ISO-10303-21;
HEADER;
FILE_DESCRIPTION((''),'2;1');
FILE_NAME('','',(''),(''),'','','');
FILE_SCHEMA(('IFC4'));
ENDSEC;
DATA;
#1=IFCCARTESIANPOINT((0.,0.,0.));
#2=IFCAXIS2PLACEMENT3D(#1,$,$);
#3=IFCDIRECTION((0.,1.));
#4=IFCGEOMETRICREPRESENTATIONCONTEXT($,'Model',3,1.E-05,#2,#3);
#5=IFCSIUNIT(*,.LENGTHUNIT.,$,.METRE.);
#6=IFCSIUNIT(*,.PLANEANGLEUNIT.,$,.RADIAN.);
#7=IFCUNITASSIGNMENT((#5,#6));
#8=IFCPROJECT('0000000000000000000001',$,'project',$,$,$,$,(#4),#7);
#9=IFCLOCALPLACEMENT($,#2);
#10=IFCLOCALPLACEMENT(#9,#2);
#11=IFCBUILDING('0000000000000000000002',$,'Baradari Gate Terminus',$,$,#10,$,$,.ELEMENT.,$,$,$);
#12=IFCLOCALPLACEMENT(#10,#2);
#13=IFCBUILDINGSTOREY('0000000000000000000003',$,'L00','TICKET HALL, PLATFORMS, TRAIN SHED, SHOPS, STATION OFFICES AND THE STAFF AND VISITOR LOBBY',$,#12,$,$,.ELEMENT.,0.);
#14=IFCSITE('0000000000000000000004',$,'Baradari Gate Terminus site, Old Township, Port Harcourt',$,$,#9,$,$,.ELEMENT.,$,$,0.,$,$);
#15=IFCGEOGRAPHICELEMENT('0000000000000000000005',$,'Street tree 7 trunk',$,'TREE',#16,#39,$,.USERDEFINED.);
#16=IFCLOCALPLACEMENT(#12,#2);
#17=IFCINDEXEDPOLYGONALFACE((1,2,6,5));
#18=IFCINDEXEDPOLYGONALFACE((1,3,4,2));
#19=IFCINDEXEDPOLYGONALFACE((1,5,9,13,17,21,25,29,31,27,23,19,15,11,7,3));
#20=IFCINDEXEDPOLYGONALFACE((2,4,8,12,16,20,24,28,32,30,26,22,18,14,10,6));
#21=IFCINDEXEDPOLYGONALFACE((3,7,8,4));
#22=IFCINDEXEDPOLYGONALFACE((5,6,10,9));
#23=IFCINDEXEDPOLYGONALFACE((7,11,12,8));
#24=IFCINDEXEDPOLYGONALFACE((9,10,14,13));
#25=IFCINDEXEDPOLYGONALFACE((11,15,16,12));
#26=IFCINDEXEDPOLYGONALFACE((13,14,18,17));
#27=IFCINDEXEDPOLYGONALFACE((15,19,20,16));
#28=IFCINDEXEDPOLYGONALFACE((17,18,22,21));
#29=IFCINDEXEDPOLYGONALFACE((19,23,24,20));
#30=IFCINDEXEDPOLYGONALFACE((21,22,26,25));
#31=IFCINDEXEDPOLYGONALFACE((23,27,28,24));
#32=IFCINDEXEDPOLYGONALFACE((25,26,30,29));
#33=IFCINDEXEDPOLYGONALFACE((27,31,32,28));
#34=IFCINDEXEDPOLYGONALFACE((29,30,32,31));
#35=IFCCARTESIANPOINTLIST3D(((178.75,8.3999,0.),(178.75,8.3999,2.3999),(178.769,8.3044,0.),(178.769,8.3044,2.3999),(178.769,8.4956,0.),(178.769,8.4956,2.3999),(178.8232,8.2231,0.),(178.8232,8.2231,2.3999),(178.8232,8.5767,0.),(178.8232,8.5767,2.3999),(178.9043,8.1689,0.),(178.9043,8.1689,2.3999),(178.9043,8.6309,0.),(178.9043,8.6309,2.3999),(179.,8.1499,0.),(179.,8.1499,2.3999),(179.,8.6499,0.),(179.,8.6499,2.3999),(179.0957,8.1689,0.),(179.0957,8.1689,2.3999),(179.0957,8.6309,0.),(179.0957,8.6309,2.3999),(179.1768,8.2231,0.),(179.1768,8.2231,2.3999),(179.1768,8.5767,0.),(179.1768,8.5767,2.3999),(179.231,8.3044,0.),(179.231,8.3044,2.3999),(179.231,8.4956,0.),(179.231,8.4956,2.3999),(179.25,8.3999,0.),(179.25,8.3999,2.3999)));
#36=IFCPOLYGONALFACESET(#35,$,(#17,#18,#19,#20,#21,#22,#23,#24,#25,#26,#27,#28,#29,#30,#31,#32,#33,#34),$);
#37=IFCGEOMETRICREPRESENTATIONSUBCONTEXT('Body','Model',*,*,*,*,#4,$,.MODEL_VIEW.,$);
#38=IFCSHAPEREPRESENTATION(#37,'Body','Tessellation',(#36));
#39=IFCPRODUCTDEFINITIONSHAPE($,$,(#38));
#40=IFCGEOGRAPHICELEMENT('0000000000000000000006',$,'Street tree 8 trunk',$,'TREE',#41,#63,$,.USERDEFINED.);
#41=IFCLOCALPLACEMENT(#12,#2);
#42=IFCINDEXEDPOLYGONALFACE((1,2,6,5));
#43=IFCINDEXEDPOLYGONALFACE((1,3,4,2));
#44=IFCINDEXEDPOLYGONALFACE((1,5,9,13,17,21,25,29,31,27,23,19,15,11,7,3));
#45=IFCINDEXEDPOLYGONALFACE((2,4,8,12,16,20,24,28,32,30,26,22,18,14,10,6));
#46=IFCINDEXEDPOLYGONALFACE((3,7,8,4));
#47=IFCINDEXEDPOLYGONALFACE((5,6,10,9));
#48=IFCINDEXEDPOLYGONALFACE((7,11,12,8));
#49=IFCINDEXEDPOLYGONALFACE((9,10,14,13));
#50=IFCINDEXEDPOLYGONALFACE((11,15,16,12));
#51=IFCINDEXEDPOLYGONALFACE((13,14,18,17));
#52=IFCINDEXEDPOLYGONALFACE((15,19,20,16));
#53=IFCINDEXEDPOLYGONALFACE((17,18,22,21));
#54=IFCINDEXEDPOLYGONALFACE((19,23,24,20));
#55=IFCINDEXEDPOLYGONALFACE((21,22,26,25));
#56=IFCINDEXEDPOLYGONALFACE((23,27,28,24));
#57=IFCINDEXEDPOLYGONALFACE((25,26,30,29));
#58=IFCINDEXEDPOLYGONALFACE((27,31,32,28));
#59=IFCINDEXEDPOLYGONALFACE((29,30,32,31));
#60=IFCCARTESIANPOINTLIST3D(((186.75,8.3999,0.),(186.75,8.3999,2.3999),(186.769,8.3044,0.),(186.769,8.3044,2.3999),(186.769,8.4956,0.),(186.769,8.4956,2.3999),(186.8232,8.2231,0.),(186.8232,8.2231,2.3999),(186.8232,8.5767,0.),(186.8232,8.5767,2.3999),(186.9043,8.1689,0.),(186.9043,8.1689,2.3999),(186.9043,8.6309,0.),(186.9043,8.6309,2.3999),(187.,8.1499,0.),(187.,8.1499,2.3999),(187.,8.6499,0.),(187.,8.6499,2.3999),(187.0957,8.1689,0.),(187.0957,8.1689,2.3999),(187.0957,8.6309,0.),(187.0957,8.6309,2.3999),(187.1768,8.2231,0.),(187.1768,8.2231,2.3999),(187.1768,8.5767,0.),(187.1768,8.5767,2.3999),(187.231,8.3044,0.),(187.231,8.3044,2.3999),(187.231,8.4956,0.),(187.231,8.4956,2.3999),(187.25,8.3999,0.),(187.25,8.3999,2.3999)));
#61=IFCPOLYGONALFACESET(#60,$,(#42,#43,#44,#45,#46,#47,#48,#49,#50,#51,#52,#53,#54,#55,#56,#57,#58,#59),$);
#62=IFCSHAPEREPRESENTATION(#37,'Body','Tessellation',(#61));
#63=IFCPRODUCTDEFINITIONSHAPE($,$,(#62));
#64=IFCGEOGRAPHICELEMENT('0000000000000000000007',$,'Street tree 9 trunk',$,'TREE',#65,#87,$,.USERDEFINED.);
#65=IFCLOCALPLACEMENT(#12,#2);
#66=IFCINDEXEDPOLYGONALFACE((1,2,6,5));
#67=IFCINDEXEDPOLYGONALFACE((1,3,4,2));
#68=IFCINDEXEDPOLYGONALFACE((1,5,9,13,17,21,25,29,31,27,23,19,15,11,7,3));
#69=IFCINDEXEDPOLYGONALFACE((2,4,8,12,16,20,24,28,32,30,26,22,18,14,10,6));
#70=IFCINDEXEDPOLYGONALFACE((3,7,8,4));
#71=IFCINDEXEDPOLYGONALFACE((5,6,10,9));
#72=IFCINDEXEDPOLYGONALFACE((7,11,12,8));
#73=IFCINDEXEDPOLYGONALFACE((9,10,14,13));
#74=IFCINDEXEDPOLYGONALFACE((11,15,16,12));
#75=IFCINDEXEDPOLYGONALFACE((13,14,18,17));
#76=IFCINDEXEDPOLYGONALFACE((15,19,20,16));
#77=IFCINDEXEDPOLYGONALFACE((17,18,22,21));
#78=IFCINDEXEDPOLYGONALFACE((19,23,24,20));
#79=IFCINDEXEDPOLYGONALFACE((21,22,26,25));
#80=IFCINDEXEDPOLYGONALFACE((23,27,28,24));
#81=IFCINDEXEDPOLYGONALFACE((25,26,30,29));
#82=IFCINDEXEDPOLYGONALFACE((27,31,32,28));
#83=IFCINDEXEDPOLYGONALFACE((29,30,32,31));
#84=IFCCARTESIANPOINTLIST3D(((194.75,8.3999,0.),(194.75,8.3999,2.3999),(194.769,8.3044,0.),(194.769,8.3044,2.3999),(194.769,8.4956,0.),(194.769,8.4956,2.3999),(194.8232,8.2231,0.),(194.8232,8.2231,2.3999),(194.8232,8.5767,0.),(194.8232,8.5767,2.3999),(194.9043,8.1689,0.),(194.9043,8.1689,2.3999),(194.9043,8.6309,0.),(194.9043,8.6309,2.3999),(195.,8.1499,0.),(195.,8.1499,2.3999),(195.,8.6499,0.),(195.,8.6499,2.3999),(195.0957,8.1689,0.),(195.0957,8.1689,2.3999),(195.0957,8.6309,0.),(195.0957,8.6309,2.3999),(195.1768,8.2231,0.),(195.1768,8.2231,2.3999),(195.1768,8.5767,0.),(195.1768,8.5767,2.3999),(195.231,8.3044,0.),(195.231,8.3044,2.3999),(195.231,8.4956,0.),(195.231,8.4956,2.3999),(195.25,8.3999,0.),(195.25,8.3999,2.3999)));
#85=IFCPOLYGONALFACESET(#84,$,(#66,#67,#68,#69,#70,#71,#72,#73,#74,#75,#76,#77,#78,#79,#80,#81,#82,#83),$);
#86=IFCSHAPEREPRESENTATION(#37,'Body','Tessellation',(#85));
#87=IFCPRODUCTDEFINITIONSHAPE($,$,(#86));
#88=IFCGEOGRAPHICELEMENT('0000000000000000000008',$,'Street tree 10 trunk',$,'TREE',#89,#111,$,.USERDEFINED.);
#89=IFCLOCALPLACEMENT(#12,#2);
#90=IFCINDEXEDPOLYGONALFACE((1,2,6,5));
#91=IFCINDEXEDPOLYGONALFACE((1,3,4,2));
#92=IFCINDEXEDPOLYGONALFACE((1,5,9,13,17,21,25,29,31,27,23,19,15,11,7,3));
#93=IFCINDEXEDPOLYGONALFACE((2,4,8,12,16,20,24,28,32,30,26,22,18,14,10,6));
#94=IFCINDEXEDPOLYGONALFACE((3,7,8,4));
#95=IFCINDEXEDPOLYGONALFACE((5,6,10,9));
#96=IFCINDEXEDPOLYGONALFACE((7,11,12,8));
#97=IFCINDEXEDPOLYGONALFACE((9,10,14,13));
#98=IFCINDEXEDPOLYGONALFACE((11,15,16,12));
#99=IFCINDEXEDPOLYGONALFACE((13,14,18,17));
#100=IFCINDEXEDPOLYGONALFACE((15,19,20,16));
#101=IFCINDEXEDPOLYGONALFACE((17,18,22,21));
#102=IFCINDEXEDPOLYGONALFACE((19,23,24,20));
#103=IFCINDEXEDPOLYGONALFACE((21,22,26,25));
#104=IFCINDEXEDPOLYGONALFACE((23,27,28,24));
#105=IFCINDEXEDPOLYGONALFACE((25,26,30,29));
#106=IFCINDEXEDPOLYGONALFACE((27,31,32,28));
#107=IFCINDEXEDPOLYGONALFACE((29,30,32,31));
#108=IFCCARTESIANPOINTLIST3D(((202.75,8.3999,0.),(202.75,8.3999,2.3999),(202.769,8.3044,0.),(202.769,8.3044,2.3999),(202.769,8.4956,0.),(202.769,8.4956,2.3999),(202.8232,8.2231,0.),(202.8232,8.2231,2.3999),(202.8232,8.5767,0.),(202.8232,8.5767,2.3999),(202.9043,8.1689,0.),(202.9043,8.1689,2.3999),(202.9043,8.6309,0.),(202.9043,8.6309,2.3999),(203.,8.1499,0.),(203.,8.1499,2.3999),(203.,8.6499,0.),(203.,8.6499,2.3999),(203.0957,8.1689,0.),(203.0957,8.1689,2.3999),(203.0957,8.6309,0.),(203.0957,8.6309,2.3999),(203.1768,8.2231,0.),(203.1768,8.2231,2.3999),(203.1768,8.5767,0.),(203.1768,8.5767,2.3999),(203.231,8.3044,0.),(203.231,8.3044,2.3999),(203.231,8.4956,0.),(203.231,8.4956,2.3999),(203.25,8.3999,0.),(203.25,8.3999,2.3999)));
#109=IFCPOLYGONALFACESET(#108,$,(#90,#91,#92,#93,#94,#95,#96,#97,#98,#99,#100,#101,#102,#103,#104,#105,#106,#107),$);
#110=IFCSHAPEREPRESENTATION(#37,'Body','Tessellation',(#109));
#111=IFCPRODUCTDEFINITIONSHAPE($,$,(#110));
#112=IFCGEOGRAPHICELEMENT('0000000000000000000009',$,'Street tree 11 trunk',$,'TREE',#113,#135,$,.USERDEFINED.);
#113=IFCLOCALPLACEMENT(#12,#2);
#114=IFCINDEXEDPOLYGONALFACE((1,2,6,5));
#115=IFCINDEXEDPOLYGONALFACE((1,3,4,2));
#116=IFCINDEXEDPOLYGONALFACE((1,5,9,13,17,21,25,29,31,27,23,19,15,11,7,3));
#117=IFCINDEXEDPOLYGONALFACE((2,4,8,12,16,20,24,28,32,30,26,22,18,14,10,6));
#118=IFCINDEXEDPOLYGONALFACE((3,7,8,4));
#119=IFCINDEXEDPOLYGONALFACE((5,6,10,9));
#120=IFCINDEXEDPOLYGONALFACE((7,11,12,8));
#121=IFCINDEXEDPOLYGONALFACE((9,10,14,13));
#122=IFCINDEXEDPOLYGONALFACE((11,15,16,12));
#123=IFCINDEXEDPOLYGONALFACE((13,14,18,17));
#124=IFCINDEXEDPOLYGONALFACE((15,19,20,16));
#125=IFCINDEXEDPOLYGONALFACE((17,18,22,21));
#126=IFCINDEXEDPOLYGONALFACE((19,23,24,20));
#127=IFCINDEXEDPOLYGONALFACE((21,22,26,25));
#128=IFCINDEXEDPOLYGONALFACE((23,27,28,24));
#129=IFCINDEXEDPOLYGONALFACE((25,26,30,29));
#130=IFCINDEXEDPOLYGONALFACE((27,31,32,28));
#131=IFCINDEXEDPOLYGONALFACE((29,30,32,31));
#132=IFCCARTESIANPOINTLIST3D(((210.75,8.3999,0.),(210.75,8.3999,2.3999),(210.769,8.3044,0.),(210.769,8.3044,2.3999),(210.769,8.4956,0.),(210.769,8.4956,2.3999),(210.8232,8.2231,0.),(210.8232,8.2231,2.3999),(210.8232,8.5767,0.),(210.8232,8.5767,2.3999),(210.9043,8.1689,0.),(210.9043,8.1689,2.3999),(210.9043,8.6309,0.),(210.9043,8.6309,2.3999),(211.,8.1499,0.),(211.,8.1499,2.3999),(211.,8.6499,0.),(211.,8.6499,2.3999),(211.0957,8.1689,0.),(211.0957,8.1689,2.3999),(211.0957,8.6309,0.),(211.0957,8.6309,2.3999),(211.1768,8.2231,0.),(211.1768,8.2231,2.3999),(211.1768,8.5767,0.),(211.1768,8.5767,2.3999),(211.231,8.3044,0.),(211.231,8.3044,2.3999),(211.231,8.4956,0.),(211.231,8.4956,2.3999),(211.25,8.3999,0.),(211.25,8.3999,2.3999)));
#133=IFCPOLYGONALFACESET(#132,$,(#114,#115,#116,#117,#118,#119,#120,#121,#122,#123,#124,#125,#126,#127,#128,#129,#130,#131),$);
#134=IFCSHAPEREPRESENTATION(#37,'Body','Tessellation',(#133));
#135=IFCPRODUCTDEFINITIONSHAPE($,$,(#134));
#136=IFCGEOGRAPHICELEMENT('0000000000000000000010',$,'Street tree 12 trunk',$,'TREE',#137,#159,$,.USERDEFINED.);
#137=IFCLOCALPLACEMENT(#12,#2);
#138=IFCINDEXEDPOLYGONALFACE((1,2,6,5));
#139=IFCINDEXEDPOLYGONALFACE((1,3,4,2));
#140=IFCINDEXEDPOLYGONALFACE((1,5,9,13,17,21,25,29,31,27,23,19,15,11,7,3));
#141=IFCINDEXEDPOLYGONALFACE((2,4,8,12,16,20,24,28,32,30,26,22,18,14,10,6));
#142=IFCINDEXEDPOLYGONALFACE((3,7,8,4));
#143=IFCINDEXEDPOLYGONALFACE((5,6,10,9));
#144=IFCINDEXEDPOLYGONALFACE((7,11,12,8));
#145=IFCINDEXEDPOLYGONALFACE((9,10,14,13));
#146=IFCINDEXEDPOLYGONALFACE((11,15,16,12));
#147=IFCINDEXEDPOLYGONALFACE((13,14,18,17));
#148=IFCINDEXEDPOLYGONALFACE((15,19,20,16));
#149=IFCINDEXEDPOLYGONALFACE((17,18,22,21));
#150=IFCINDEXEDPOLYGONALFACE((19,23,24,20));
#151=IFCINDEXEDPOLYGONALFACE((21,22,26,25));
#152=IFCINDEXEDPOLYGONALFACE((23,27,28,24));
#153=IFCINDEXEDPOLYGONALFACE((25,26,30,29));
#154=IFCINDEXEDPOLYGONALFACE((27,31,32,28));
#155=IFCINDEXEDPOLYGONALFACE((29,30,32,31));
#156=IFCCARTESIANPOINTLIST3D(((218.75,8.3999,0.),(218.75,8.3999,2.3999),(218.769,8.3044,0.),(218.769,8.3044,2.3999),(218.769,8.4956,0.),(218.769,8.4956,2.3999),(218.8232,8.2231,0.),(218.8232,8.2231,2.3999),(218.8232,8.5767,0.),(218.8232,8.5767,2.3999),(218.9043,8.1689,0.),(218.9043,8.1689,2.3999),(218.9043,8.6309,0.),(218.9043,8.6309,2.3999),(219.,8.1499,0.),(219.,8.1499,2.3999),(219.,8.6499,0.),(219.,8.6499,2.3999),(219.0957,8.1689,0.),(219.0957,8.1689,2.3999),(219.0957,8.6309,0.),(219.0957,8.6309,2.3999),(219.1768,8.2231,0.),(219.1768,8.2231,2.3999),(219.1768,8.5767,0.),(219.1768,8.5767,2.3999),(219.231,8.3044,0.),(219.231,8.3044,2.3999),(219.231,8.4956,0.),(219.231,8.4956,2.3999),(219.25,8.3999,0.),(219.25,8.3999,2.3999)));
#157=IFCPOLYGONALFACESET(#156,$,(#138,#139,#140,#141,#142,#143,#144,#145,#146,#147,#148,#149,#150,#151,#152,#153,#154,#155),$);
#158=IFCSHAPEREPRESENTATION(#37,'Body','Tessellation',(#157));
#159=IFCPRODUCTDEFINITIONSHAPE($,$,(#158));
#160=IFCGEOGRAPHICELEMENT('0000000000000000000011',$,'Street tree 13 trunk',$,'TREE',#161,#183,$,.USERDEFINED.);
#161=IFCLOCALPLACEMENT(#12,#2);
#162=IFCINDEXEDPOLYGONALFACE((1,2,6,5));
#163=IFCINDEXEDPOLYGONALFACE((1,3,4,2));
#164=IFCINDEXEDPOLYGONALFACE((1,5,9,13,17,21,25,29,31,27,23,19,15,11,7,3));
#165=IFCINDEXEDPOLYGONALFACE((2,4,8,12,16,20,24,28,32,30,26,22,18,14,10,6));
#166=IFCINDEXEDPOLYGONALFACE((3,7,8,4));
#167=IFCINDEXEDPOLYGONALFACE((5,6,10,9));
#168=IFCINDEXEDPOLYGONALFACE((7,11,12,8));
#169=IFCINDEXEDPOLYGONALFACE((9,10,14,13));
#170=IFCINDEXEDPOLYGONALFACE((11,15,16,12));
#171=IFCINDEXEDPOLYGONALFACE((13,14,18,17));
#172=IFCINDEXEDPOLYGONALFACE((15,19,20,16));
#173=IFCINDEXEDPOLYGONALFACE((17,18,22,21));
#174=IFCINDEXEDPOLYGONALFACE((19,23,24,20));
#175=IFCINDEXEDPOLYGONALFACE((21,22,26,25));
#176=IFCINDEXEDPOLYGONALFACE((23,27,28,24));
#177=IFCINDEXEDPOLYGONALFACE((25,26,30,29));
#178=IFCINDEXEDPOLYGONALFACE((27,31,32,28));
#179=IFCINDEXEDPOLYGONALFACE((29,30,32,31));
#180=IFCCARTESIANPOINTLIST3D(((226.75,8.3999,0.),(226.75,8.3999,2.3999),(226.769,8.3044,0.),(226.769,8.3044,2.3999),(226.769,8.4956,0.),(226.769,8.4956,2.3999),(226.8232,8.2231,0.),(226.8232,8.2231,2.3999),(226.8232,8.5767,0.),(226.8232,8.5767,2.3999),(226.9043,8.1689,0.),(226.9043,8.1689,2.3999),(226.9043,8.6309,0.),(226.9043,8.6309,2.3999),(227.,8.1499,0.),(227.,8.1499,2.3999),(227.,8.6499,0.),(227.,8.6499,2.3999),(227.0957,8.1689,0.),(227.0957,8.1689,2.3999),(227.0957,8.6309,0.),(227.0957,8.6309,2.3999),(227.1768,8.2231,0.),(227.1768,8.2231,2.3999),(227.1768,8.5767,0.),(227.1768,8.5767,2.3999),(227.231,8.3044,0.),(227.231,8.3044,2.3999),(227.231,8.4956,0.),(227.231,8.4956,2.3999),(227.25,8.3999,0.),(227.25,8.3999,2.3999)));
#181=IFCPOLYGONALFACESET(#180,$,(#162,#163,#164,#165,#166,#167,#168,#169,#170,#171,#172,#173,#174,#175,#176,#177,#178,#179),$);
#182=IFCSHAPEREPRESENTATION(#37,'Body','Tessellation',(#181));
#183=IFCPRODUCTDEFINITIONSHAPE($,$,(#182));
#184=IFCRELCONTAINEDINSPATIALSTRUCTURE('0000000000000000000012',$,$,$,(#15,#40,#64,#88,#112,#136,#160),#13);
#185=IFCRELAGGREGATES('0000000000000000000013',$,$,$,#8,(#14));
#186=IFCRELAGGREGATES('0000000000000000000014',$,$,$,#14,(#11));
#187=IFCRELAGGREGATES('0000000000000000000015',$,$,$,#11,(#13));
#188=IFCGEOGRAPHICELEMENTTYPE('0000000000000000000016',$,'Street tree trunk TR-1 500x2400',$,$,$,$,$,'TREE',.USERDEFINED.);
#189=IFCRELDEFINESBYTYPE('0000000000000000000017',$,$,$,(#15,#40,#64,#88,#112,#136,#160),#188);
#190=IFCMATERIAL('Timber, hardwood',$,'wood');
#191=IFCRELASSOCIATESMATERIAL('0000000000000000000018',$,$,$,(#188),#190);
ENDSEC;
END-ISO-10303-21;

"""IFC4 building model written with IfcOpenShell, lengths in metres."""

from ifc_helpers import new_model, si_unit, direction, origin, place, context, subcontext, project, spatial, polyline, outline, extrude, material, type_object, element, save


model = new_model("IFC4")

# Units and contexts
model_context = context("Model", 3, precision=1e-05, world=origin(), true_north=direction((0.0, 1.0)))
body_context = subcontext(model_context, "Body", "Model", "MODEL_VIEW")
ifc_project = project(units=[si_unit("LENGTHUNIT", "METRE"), si_unit("PLANEANGLEUNIT", "RADIAN")], contexts=[model_context])

# Site, building, storey
site_placement = place(None, origin())
site = spatial("IfcSite", under=ifc_project, at=site_placement, Name="Baradari Gate Terminus site, Old Township, Port Harcourt", CompositionType="ELEMENT", RefElevation=0.0)
building_placement = place(site_placement, origin())
building = spatial("IfcBuilding", under=site, at=building_placement, Name="Baradari Gate Terminus", CompositionType="ELEMENT")
storey_placement = place(building_placement, origin())
storey = spatial("IfcBuildingStorey", under=building, at=storey_placement, Name="L00", Description="TICKET HALL, PLATFORMS, TRAIN SHED, SHOPS, STATION OFFICES AND THE STAFF AND VISITOR LOBBY", CompositionType="ELEMENT", Elevation=0.0)

# Geographic elements
ifc_material_1 = material(Name="Timber, hardwood", Category="wood")
geographic_element_type = type_object("IfcGeographicElementType", Name="Street tree trunk TR-1 500x2400", ElementType="TREE", PredefinedType="USERDEFINED", material=ifc_material_1)
geographic_element_1_placement = place(storey_placement, origin())
element("IfcGeographicElement", 1, at=geographic_element_1_placement, inside=storey, type_object=geographic_element_type, Name="Street tree 7 trunk", ObjectType="TREE", PredefinedType="USERDEFINED", context=body_context, shape_type="SweptSolid", body=[
    extrude(outline(polyline([(179.25, 8.3999), (179.231, 8.4956), (179.1768, 8.5767), (179.0957, 8.6309), (179.0, 8.6499), (178.9043, 8.6309), (178.8232, 8.5767), (178.769, 8.4956), (178.75, 8.3999), (178.769, 8.3044), (178.8232, 8.2231), (178.9043, 8.1689), (179.0, 8.1499), (179.0957, 8.1689), (179.1768, 8.2231), (179.231, 8.3044), (179.25, 8.3999)])), origin(), (0.0, 0.0, 1.0), 2.3999),
])
geographic_element_2_placement = place(storey_placement, origin())
element("IfcGeographicElement", 2, at=geographic_element_2_placement, inside=storey, type_object=geographic_element_type, Name="Street tree 8 trunk", ObjectType="TREE", PredefinedType="USERDEFINED", context=body_context, shape_type="SweptSolid", body=[
    extrude(outline(polyline([(187.25, 8.3999), (187.231, 8.4956), (187.1768, 8.5767), (187.0957, 8.6309), (187.0, 8.6499), (186.9043, 8.6309), (186.8232, 8.5767), (186.769, 8.4956), (186.75, 8.3999), (186.769, 8.3044), (186.8232, 8.2231), (186.9043, 8.1689), (187.0, 8.1499), (187.0957, 8.1689), (187.1768, 8.2231), (187.231, 8.3044), (187.25, 8.3999)])), origin(), (0.0, 0.0, 1.0), 2.3999),
])
geographic_element_3_placement = place(storey_placement, origin())
element("IfcGeographicElement", 3, at=geographic_element_3_placement, inside=storey, type_object=geographic_element_type, Name="Street tree 9 trunk", ObjectType="TREE", PredefinedType="USERDEFINED", context=body_context, shape_type="SweptSolid", body=[
    extrude(outline(polyline([(195.25, 8.3999), (195.231, 8.4956), (195.1768, 8.5767), (195.0957, 8.6309), (195.0, 8.6499), (194.9043, 8.6309), (194.8232, 8.5767), (194.769, 8.4956), (194.75, 8.3999), (194.769, 8.3044), (194.8232, 8.2231), (194.9043, 8.1689), (195.0, 8.1499), (195.0957, 8.1689), (195.1768, 8.2231), (195.231, 8.3044), (195.25, 8.3999)])), origin(), (0.0, 0.0, 1.0), 2.3999),
])
geographic_element_4_placement = place(storey_placement, origin())
element("IfcGeographicElement", 4, at=geographic_element_4_placement, inside=storey, type_object=geographic_element_type, Name="Street tree 10 trunk", ObjectType="TREE", PredefinedType="USERDEFINED", context=body_context, shape_type="SweptSolid", body=[
    extrude(outline(polyline([(203.25, 8.3999), (203.231, 8.4956), (203.1768, 8.5767), (203.0957, 8.6309), (203.0, 8.6499), (202.9043, 8.6309), (202.8232, 8.5767), (202.769, 8.4956), (202.75, 8.3999), (202.769, 8.3044), (202.8232, 8.2231), (202.9043, 8.1689), (203.0, 8.1499), (203.0957, 8.1689), (203.1768, 8.2231), (203.231, 8.3044), (203.25, 8.3999)])), origin(), (0.0, 0.0, 1.0), 2.3999),
])
geographic_element_5_placement = place(storey_placement, origin())
element("IfcGeographicElement", 5, at=geographic_element_5_placement, inside=storey, type_object=geographic_element_type, Name="Street tree 11 trunk", ObjectType="TREE", PredefinedType="USERDEFINED", context=body_context, shape_type="SweptSolid", body=[
    extrude(outline(polyline([(211.25, 8.3999), (211.231, 8.4956), (211.1768, 8.5767), (211.0957, 8.6309), (211.0, 8.6499), (210.9043, 8.6309), (210.8232, 8.5767), (210.769, 8.4956), (210.75, 8.3999), (210.769, 8.3044), (210.8232, 8.2231), (210.9043, 8.1689), (211.0, 8.1499), (211.0957, 8.1689), (211.1768, 8.2231), (211.231, 8.3044), (211.25, 8.3999)])), origin(), (0.0, 0.0, 1.0), 2.3999),
])
geographic_element_6_placement = place(storey_placement, origin())
element("IfcGeographicElement", 6, at=geographic_element_6_placement, inside=storey, type_object=geographic_element_type, Name="Street tree 12 trunk", ObjectType="TREE", PredefinedType="USERDEFINED", context=body_context, shape_type="SweptSolid", body=[
    extrude(outline(polyline([(219.25, 8.3999), (219.231, 8.4956), (219.1768, 8.5767), (219.0957, 8.6309), (219.0, 8.6499), (218.9043, 8.6309), (218.8232, 8.5767), (218.769, 8.4956), (218.75, 8.3999), (218.769, 8.3044), (218.8232, 8.2231), (218.9043, 8.1689), (219.0, 8.1499), (219.0957, 8.1689), (219.1768, 8.2231), (219.231, 8.3044), (219.25, 8.3999)])), origin(), (0.0, 0.0, 1.0), 2.3999),
])
geographic_element_7_placement = place(storey_placement, origin())
element("IfcGeographicElement", 7, at=geographic_element_7_placement, inside=storey, type_object=geographic_element_type, Name="Street tree 13 trunk", ObjectType="TREE", PredefinedType="USERDEFINED", context=body_context, shape_type="SweptSolid", body=[
    extrude(outline(polyline([(227.25, 8.3999), (227.231, 8.4956), (227.1768, 8.5767), (227.0957, 8.6309), (227.0, 8.6499), (226.9043, 8.6309), (226.8232, 8.5767), (226.769, 8.4956), (226.75, 8.3999), (226.769, 8.3044), (226.8232, 8.2231), (226.9043, 8.1689), (227.0, 8.1499), (227.0957, 8.1689), (227.1768, 8.2231), (227.231, 8.3044), (227.25, 8.3999)])), origin(), (0.0, 0.0, 1.0), 2.3999),
])

save(model, "model.ifc")
